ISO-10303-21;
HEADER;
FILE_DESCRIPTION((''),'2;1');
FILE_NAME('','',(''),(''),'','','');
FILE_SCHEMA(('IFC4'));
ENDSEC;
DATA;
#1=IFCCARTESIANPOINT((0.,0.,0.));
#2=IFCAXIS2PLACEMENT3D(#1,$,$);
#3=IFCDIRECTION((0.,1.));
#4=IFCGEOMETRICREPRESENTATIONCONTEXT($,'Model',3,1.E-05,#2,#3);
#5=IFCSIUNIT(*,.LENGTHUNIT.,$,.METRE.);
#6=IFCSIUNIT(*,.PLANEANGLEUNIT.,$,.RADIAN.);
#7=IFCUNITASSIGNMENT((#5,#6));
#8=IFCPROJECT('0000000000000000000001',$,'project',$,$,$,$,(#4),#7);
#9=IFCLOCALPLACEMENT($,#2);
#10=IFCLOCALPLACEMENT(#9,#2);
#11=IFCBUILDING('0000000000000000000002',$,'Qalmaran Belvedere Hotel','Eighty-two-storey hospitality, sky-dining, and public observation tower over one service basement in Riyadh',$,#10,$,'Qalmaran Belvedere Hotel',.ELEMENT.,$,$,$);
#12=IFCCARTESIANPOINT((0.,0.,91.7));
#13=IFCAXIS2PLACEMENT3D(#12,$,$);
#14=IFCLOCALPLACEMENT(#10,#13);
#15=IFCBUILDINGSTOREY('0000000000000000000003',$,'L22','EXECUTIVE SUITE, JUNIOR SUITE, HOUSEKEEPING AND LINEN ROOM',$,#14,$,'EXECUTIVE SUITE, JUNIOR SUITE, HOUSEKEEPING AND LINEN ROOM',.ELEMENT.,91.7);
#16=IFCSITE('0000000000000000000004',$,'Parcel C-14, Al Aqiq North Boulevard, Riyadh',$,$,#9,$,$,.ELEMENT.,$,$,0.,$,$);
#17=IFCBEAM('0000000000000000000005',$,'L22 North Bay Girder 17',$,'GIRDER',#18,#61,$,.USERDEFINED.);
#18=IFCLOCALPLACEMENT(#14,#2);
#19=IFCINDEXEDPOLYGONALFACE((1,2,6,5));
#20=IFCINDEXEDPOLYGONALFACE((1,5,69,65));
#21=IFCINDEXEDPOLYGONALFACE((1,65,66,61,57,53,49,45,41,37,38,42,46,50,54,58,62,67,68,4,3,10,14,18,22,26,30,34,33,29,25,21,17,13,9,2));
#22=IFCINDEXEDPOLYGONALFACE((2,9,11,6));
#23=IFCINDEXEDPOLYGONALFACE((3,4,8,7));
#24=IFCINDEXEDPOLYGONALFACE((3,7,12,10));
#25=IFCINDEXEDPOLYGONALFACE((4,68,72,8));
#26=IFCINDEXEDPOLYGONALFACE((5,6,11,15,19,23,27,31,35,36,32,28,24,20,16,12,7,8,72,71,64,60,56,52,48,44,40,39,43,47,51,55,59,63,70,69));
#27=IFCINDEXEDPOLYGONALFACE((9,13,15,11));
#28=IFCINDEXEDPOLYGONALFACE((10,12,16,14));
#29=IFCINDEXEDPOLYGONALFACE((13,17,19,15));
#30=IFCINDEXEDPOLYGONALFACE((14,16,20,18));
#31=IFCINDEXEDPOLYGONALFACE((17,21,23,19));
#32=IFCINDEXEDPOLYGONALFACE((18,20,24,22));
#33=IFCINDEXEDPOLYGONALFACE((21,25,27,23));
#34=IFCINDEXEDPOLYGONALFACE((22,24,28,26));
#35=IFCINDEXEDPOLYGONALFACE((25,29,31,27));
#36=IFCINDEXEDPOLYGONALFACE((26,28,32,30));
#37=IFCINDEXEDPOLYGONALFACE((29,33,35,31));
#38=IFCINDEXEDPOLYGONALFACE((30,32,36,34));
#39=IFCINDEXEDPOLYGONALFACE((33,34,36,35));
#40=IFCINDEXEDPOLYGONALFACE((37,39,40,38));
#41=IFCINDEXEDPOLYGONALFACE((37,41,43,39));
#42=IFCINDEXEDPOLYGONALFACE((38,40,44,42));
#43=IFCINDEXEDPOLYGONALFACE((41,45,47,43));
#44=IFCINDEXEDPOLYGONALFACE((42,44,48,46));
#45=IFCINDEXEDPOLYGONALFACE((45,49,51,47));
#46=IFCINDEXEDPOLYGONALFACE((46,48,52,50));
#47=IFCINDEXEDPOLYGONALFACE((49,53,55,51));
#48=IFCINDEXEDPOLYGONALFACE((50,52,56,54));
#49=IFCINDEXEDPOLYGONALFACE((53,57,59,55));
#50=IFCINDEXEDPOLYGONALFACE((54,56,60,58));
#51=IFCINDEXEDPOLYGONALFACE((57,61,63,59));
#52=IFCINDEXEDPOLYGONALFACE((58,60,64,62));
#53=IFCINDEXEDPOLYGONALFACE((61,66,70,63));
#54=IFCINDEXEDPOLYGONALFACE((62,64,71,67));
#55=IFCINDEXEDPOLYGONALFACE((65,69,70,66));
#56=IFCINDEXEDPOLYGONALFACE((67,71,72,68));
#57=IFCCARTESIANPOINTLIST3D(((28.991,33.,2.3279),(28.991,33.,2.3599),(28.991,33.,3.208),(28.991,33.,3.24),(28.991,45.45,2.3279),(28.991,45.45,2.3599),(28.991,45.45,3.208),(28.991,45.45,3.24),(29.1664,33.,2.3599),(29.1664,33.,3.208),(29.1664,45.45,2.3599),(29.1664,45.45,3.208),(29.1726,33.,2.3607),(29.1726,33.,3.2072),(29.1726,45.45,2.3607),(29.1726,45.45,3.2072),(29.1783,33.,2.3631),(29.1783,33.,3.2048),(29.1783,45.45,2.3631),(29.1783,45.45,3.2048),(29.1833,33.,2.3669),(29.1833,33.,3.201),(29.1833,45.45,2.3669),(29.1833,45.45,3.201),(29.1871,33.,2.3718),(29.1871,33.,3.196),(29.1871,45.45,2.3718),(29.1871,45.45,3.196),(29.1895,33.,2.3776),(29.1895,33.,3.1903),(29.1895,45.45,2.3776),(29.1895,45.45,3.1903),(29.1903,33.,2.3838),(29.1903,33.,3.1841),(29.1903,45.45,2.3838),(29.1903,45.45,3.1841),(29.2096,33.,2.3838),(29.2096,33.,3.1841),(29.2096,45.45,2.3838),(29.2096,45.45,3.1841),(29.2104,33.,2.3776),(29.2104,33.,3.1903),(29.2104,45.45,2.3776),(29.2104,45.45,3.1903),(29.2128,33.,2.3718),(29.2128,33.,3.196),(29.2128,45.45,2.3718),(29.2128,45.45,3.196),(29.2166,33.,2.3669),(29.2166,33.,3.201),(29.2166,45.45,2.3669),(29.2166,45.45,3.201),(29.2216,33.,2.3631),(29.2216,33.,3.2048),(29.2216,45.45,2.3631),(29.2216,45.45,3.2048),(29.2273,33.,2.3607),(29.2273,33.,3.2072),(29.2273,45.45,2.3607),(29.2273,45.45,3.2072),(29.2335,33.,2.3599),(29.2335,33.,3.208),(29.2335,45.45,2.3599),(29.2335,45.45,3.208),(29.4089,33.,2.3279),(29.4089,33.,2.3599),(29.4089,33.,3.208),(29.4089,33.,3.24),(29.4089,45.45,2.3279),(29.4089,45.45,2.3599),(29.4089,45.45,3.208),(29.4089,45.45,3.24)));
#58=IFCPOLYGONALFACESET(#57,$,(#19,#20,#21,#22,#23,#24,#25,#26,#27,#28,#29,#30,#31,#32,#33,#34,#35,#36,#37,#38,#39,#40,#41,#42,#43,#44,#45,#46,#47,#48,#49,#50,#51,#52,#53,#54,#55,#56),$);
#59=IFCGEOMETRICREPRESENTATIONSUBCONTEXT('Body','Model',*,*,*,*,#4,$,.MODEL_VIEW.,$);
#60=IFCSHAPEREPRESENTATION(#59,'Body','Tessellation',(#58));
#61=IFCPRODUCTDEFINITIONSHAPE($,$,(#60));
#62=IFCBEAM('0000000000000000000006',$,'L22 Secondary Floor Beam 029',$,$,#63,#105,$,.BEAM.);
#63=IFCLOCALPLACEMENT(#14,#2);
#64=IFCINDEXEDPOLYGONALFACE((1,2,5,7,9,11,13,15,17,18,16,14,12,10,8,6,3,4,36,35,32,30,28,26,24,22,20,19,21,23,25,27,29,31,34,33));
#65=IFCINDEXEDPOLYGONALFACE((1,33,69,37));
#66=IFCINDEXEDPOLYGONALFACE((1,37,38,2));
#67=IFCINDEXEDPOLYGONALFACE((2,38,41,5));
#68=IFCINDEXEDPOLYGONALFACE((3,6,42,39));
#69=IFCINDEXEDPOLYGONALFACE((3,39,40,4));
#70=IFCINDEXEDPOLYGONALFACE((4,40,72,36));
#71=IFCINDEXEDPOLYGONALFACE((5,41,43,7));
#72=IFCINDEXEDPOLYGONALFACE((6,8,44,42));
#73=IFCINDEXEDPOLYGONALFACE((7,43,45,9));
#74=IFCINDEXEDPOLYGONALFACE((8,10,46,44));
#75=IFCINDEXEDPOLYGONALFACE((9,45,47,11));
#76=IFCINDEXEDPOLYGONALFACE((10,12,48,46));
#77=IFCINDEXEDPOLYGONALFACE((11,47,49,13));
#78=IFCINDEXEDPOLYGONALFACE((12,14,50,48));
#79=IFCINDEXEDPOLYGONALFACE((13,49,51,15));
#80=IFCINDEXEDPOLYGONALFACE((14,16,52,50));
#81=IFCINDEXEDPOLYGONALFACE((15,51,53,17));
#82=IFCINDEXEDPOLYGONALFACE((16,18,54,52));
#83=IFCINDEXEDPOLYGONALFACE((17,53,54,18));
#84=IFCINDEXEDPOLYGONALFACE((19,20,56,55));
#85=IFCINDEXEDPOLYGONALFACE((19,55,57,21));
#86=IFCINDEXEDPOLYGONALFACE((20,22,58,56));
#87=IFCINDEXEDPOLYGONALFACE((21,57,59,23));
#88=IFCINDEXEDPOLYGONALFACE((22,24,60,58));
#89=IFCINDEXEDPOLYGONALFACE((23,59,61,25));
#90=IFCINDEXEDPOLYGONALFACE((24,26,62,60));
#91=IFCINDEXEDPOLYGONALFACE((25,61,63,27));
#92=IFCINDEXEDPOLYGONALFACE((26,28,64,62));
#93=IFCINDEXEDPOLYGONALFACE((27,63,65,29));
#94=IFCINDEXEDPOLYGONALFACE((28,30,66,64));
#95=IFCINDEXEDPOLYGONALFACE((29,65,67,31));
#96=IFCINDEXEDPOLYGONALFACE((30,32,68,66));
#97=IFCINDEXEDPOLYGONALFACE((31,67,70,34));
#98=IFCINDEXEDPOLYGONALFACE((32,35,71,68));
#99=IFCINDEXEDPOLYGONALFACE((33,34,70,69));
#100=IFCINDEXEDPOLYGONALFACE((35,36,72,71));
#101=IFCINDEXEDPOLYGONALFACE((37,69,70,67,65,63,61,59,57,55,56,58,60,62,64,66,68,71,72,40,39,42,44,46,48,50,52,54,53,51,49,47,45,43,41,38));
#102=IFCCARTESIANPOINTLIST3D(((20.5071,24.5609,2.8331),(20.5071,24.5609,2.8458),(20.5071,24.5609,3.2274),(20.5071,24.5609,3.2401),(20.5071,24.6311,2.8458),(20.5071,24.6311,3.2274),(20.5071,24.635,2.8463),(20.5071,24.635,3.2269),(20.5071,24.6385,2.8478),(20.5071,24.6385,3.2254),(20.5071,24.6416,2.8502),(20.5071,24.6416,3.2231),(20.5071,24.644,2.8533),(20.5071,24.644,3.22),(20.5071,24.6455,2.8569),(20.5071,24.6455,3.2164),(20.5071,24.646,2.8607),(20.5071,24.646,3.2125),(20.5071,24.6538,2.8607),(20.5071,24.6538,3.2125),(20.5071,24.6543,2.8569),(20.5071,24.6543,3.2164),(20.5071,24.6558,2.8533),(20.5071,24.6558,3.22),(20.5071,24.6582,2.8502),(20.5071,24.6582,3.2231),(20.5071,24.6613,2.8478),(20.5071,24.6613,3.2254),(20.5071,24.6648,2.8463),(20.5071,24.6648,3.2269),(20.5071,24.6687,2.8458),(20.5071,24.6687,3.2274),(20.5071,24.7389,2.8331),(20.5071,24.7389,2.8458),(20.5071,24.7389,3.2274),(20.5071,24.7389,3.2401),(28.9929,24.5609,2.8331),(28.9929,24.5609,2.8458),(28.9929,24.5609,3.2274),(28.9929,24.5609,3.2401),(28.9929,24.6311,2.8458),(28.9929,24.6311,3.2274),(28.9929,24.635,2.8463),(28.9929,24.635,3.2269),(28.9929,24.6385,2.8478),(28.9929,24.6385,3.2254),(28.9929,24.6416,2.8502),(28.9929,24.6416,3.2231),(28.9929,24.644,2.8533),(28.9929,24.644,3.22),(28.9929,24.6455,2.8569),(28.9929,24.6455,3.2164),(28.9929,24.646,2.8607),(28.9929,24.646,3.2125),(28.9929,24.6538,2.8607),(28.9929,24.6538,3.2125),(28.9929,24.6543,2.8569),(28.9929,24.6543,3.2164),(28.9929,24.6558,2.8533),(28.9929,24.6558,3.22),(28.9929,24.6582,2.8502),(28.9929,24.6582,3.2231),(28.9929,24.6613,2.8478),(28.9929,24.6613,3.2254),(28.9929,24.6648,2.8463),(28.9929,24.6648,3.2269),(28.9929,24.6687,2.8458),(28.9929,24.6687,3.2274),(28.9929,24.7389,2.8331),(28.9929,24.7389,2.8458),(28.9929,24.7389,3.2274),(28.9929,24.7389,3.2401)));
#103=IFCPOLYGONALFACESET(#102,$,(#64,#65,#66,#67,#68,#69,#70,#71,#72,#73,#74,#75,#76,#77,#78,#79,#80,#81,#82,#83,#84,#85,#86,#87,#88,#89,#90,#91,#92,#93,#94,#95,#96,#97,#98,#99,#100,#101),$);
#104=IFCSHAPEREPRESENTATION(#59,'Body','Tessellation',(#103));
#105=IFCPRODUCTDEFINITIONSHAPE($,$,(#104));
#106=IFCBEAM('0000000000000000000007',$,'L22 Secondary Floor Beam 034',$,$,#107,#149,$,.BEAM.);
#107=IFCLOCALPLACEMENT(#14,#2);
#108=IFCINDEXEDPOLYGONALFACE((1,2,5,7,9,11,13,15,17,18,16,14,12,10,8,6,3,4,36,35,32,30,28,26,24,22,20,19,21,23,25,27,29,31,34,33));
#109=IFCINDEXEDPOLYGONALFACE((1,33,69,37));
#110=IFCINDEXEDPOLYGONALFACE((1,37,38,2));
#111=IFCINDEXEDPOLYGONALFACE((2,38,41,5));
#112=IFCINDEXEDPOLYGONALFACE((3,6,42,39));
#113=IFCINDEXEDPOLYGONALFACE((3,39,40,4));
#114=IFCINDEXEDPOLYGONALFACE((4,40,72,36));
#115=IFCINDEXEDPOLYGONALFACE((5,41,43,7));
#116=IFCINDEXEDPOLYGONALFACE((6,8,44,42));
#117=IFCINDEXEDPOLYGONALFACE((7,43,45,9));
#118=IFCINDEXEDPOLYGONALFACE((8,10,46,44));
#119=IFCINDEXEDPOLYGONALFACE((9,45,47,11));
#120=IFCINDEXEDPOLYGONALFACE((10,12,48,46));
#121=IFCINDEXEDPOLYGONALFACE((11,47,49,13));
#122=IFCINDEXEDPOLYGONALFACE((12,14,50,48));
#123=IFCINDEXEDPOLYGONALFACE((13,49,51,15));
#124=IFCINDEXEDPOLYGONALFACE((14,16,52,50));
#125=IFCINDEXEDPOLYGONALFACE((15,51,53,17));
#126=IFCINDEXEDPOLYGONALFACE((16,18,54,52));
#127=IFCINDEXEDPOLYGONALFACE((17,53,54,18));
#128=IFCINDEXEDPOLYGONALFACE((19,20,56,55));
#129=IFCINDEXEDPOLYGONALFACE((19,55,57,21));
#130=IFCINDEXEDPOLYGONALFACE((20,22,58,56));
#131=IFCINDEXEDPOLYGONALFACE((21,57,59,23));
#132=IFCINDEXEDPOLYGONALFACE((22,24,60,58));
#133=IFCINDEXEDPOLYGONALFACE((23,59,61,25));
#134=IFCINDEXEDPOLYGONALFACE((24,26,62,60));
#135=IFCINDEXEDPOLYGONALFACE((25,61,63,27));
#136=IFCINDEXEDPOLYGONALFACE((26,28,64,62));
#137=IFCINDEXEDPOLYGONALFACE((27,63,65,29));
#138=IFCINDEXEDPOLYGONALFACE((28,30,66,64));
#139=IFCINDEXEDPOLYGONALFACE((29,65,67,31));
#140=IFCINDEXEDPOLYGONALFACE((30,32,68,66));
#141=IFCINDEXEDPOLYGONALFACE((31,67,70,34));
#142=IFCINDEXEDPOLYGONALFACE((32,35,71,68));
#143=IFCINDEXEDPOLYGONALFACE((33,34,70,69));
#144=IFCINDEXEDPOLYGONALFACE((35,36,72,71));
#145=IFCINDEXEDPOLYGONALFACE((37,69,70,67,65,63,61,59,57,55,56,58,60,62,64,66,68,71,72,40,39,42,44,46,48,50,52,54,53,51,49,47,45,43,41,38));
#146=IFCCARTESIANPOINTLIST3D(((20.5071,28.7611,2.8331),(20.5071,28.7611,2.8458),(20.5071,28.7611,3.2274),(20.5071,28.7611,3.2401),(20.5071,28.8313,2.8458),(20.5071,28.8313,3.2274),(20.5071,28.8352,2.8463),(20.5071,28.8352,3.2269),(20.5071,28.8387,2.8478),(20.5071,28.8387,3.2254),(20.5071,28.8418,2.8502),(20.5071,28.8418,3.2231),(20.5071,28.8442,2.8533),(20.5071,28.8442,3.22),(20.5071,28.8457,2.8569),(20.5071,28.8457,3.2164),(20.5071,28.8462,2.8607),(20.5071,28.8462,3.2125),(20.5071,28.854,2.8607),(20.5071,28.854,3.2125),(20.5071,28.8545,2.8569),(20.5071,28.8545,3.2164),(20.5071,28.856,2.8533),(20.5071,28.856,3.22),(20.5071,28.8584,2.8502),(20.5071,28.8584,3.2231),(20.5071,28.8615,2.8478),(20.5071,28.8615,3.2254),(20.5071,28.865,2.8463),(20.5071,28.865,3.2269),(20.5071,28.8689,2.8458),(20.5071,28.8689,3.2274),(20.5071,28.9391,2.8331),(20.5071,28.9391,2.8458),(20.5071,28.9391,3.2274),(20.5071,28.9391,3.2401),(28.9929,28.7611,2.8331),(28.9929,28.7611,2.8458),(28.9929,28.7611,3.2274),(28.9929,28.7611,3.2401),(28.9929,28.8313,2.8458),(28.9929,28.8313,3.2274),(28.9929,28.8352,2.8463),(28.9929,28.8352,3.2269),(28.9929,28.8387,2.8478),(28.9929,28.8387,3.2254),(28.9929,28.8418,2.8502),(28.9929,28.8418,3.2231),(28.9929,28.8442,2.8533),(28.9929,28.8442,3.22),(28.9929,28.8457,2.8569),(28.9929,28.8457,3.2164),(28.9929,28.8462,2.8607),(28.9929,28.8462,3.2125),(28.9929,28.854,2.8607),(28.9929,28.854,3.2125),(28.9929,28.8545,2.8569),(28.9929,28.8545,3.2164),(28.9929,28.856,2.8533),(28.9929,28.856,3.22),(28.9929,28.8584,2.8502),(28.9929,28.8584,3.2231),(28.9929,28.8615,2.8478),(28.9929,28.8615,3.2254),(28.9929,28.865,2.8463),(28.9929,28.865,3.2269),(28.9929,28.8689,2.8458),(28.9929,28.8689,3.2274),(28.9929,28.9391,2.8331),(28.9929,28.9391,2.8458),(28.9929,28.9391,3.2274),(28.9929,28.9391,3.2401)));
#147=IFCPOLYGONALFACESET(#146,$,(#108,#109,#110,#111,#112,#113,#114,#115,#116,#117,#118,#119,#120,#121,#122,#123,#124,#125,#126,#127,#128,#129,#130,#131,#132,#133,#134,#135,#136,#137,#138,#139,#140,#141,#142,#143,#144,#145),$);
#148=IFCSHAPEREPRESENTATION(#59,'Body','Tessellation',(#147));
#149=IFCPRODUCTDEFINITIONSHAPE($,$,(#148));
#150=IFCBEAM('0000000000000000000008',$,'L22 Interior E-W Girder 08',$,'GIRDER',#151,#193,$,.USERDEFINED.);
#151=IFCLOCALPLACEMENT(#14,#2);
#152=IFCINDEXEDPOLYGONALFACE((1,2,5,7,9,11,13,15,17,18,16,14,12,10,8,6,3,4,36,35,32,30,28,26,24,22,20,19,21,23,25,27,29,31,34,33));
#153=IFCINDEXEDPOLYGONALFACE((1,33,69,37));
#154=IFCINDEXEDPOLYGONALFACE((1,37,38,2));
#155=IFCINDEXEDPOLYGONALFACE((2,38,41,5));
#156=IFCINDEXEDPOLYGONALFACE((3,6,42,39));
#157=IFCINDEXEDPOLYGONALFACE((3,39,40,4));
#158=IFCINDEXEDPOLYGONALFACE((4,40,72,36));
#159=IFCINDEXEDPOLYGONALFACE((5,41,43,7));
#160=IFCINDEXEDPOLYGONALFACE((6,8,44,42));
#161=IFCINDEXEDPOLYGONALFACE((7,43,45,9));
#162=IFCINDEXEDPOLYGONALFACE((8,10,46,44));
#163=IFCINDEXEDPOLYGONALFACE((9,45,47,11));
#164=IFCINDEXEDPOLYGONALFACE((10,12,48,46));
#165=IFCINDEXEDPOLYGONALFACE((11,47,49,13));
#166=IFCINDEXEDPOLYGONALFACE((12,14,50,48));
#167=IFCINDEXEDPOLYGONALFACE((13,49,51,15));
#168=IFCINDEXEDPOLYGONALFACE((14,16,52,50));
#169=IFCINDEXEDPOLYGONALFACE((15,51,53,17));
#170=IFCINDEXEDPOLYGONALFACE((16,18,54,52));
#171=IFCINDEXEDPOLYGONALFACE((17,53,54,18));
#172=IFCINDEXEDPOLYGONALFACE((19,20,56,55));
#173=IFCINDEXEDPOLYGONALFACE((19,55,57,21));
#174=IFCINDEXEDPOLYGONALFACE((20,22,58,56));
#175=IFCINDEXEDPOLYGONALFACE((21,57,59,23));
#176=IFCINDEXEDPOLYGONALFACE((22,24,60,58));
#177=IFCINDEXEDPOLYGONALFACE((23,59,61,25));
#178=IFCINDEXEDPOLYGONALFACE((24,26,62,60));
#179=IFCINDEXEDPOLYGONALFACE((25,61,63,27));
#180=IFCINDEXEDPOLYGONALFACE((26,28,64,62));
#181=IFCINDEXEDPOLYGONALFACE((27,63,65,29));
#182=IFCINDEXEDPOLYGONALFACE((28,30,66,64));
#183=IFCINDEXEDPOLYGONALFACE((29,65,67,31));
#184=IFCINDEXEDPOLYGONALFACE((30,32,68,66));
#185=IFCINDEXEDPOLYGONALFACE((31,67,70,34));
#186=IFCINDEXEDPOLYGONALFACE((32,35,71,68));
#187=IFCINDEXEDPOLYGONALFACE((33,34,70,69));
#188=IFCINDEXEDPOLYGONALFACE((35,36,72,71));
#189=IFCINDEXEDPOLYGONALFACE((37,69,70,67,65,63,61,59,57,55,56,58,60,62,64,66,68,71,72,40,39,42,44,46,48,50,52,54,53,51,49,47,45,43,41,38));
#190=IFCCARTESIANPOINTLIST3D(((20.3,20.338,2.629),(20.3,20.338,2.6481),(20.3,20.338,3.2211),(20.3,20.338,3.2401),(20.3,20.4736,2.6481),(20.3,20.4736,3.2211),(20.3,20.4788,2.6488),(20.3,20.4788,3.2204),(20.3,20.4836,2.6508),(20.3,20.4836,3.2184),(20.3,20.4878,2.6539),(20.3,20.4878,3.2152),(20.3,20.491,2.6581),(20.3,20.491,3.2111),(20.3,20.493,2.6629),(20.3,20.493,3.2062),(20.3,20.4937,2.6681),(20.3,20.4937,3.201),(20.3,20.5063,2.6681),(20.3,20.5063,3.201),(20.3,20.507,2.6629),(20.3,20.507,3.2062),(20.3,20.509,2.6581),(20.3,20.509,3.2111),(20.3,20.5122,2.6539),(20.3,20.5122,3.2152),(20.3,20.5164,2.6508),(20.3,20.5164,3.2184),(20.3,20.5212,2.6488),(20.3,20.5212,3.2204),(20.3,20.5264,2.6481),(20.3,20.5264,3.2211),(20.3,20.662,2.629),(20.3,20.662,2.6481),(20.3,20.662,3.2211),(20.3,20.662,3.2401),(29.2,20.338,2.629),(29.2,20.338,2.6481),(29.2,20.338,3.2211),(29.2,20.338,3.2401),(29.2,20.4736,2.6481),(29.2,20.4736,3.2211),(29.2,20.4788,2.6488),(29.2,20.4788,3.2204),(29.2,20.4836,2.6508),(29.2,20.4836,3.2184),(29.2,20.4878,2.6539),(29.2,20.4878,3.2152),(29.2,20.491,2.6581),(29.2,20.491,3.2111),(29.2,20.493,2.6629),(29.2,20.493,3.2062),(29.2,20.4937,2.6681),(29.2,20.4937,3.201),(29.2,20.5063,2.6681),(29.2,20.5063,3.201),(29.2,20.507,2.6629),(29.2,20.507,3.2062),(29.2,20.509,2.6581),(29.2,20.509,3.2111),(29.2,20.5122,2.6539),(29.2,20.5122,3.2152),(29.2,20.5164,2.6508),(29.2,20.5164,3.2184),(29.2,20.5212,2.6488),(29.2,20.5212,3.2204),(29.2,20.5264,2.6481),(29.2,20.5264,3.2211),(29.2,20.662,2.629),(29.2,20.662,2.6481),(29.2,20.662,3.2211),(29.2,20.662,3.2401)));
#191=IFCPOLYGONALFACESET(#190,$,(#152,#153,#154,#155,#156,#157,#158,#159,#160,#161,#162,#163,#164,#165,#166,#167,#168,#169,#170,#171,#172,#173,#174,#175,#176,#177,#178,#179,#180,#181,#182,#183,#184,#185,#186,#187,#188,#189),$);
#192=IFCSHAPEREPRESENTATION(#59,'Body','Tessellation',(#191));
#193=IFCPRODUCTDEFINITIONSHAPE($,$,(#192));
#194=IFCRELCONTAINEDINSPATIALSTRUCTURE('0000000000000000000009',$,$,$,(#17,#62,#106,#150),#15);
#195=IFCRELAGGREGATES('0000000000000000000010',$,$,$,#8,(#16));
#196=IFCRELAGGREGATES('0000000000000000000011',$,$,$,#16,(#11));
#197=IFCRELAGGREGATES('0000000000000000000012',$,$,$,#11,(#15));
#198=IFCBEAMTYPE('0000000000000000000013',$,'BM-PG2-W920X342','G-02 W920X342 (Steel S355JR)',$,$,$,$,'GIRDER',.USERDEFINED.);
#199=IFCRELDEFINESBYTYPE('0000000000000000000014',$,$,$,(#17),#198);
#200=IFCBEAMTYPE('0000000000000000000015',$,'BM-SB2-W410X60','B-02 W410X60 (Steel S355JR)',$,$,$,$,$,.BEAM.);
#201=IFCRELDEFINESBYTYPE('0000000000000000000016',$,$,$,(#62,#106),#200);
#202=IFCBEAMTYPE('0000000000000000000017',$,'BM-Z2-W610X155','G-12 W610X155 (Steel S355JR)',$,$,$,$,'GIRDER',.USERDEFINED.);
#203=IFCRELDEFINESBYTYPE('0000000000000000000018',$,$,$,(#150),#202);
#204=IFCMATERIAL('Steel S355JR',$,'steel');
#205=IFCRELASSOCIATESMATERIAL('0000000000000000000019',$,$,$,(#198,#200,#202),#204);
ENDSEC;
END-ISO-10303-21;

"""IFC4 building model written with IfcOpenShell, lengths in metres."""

from ifc_helpers import new_model, si_unit, direction, frame, origin, origin_2d, place, context, subcontext, project, spatial, i_section, extrude, material, material_profile, profile_set, type_object, element, save


model = new_model("IFC4")

# Units and contexts
model_context = context("Model", 3, precision=1e-05, world=origin(), true_north=direction((0.0, 1.0)))
body_context = subcontext(model_context, "Body", "Model", "MODEL_VIEW")
ifc_project = project(units=[si_unit("LENGTHUNIT", "METRE"), si_unit("PLANEANGLEUNIT", "RADIAN")], contexts=[model_context])

# Site, building, storey
site_placement = place(None, origin())
site = spatial("IfcSite", under=ifc_project, at=site_placement, Name="Parcel C-14, Al Aqiq North Boulevard, Riyadh", CompositionType="ELEMENT", RefElevation=0.0)
building_placement = place(site_placement, origin())
building = spatial("IfcBuilding", under=site, at=building_placement, Name="Qalmaran Belvedere Hotel", Description="Eighty-two-storey hospitality, sky-dining, and public observation tower over one service basement in Riyadh", LongName="Qalmaran Belvedere Hotel", CompositionType="ELEMENT")
storey_placement = place(building_placement, frame((0.0, 0.0, 91.7)))
storey = spatial("IfcBuildingStorey", under=building, at=storey_placement, Name="L22", Description="EXECUTIVE SUITE, JUNIOR SUITE, HOUSEKEEPING AND LINEN ROOM", LongName="EXECUTIVE SUITE, JUNIOR SUITE, HOUSEKEEPING AND LINEN ROOM", CompositionType="ELEMENT", Elevation=91.7)

# Beams
ifc_material_1 = material(Name="Steel S355JR", Category="steel")
ifc_material_profile_1 = material_profile(ifc_material_1, i_section(OverallWidth=0.418, OverallDepth=0.9121, WebThickness=0.0193, FlangeThickness=0.032, FilletRadius=0.0239, at=origin_2d()), Name="W920X342")
ifc_profile_set_1 = profile_set([ifc_material_profile_1], Name="Steel S355JR")
beam_type_1 = type_object("IfcBeamType", Name="BM-PG2-W920X342", Description="G-02 W920X342 (Steel S355JR)", ElementType="GIRDER", PredefinedType="USERDEFINED", material=ifc_profile_set_1)
beam_1_placement = place(storey_placement, frame((29.2, 33.0, 2.7839), z_axis=(0.0, 1.0, 0.0), x_axis=(-1.0, 0.0, 0.0)))
element("IfcBeam", 1, at=beam_1_placement, inside=storey, type_object=beam_type_1, Name="L22 North Bay Girder 17", ObjectType="GIRDER", PredefinedType="USERDEFINED", context=body_context, shape_type="SweptSolid", body=[
    extrude(i_section(OverallWidth=0.418, OverallDepth=0.9121, WebThickness=0.0193, FlangeThickness=0.032, FilletRadius=0.0239, at=origin_2d()), origin(), (0.0, 0.0, 1.0), 12.45),
])
ifc_material_profile_2 = material_profile(ifc_material_1, i_section(OverallWidth=0.178, OverallDepth=0.407, WebThickness=0.0078, FlangeThickness=0.0127, FilletRadius=0.0149, at=origin_2d()), Name="W410X60")
ifc_profile_set_2 = profile_set([ifc_material_profile_2], Name="Steel S355JR")
beam_type_2 = type_object("IfcBeamType", Name="BM-SB2-W410X60", Description="B-02 W410X60 (Steel S355JR)", PredefinedType="BEAM", material=ifc_profile_set_2)
for number, where, z_axis, x_axis, name in (
    (2, (20.5071, 24.6499, 3.0366), (1.0, 0.0, 0.0), (0.0, 1.0, 0.0), "L22 Secondary Floor Beam 029"),
    (3, (20.5071, 28.8501, 3.0366), (1.0, 0.0, 0.0), (0.0, 1.0, 0.0), "L22 Secondary Floor Beam 034"),
):
    element("IfcBeam", number, at=place(storey_placement, frame(where, z_axis=z_axis, x_axis=x_axis)), inside=storey, type_object=beam_type_2, Name=name, PredefinedType="BEAM", context=body_context, shape_type="SweptSolid", body=[
        extrude(i_section(OverallWidth=0.178, OverallDepth=0.407, WebThickness=0.0078, FlangeThickness=0.0127, FilletRadius=0.0149, at=origin_2d()), origin(), (0.0, 0.0, 1.0), 8.4858),
    ])
ifc_material_profile_3 = material_profile(ifc_material_1, i_section(OverallWidth=0.324, OverallDepth=0.6111, WebThickness=0.0127, FlangeThickness=0.019, FilletRadius=0.02, at=origin_2d()), Name="W610X155")
ifc_profile_set_3 = profile_set([ifc_material_profile_3], Name="Steel S355JR")
beam_type_3 = type_object("IfcBeamType", Name="BM-Z2-W610X155", Description="G-12 W610X155 (Steel S355JR)", ElementType="GIRDER", PredefinedType="USERDEFINED", material=ifc_profile_set_3)
beam_2_placement = place(storey_placement, frame((20.3, 20.5, 2.9346), z_axis=(1.0, 0.0, 0.0), x_axis=(0.0, 1.0, 0.0)))
element("IfcBeam", 4, at=beam_2_placement, inside=storey, type_object=beam_type_3, Name="L22 Interior E-W Girder 08", ObjectType="GIRDER", PredefinedType="USERDEFINED", context=body_context, shape_type="SweptSolid", body=[
    extrude(i_section(OverallWidth=0.324, OverallDepth=0.6111, WebThickness=0.0127, FlangeThickness=0.019, FilletRadius=0.02, at=origin_2d()), origin(), (0.0, 0.0, 1.0), 8.8999),
])

save(model, "model.ifc")
